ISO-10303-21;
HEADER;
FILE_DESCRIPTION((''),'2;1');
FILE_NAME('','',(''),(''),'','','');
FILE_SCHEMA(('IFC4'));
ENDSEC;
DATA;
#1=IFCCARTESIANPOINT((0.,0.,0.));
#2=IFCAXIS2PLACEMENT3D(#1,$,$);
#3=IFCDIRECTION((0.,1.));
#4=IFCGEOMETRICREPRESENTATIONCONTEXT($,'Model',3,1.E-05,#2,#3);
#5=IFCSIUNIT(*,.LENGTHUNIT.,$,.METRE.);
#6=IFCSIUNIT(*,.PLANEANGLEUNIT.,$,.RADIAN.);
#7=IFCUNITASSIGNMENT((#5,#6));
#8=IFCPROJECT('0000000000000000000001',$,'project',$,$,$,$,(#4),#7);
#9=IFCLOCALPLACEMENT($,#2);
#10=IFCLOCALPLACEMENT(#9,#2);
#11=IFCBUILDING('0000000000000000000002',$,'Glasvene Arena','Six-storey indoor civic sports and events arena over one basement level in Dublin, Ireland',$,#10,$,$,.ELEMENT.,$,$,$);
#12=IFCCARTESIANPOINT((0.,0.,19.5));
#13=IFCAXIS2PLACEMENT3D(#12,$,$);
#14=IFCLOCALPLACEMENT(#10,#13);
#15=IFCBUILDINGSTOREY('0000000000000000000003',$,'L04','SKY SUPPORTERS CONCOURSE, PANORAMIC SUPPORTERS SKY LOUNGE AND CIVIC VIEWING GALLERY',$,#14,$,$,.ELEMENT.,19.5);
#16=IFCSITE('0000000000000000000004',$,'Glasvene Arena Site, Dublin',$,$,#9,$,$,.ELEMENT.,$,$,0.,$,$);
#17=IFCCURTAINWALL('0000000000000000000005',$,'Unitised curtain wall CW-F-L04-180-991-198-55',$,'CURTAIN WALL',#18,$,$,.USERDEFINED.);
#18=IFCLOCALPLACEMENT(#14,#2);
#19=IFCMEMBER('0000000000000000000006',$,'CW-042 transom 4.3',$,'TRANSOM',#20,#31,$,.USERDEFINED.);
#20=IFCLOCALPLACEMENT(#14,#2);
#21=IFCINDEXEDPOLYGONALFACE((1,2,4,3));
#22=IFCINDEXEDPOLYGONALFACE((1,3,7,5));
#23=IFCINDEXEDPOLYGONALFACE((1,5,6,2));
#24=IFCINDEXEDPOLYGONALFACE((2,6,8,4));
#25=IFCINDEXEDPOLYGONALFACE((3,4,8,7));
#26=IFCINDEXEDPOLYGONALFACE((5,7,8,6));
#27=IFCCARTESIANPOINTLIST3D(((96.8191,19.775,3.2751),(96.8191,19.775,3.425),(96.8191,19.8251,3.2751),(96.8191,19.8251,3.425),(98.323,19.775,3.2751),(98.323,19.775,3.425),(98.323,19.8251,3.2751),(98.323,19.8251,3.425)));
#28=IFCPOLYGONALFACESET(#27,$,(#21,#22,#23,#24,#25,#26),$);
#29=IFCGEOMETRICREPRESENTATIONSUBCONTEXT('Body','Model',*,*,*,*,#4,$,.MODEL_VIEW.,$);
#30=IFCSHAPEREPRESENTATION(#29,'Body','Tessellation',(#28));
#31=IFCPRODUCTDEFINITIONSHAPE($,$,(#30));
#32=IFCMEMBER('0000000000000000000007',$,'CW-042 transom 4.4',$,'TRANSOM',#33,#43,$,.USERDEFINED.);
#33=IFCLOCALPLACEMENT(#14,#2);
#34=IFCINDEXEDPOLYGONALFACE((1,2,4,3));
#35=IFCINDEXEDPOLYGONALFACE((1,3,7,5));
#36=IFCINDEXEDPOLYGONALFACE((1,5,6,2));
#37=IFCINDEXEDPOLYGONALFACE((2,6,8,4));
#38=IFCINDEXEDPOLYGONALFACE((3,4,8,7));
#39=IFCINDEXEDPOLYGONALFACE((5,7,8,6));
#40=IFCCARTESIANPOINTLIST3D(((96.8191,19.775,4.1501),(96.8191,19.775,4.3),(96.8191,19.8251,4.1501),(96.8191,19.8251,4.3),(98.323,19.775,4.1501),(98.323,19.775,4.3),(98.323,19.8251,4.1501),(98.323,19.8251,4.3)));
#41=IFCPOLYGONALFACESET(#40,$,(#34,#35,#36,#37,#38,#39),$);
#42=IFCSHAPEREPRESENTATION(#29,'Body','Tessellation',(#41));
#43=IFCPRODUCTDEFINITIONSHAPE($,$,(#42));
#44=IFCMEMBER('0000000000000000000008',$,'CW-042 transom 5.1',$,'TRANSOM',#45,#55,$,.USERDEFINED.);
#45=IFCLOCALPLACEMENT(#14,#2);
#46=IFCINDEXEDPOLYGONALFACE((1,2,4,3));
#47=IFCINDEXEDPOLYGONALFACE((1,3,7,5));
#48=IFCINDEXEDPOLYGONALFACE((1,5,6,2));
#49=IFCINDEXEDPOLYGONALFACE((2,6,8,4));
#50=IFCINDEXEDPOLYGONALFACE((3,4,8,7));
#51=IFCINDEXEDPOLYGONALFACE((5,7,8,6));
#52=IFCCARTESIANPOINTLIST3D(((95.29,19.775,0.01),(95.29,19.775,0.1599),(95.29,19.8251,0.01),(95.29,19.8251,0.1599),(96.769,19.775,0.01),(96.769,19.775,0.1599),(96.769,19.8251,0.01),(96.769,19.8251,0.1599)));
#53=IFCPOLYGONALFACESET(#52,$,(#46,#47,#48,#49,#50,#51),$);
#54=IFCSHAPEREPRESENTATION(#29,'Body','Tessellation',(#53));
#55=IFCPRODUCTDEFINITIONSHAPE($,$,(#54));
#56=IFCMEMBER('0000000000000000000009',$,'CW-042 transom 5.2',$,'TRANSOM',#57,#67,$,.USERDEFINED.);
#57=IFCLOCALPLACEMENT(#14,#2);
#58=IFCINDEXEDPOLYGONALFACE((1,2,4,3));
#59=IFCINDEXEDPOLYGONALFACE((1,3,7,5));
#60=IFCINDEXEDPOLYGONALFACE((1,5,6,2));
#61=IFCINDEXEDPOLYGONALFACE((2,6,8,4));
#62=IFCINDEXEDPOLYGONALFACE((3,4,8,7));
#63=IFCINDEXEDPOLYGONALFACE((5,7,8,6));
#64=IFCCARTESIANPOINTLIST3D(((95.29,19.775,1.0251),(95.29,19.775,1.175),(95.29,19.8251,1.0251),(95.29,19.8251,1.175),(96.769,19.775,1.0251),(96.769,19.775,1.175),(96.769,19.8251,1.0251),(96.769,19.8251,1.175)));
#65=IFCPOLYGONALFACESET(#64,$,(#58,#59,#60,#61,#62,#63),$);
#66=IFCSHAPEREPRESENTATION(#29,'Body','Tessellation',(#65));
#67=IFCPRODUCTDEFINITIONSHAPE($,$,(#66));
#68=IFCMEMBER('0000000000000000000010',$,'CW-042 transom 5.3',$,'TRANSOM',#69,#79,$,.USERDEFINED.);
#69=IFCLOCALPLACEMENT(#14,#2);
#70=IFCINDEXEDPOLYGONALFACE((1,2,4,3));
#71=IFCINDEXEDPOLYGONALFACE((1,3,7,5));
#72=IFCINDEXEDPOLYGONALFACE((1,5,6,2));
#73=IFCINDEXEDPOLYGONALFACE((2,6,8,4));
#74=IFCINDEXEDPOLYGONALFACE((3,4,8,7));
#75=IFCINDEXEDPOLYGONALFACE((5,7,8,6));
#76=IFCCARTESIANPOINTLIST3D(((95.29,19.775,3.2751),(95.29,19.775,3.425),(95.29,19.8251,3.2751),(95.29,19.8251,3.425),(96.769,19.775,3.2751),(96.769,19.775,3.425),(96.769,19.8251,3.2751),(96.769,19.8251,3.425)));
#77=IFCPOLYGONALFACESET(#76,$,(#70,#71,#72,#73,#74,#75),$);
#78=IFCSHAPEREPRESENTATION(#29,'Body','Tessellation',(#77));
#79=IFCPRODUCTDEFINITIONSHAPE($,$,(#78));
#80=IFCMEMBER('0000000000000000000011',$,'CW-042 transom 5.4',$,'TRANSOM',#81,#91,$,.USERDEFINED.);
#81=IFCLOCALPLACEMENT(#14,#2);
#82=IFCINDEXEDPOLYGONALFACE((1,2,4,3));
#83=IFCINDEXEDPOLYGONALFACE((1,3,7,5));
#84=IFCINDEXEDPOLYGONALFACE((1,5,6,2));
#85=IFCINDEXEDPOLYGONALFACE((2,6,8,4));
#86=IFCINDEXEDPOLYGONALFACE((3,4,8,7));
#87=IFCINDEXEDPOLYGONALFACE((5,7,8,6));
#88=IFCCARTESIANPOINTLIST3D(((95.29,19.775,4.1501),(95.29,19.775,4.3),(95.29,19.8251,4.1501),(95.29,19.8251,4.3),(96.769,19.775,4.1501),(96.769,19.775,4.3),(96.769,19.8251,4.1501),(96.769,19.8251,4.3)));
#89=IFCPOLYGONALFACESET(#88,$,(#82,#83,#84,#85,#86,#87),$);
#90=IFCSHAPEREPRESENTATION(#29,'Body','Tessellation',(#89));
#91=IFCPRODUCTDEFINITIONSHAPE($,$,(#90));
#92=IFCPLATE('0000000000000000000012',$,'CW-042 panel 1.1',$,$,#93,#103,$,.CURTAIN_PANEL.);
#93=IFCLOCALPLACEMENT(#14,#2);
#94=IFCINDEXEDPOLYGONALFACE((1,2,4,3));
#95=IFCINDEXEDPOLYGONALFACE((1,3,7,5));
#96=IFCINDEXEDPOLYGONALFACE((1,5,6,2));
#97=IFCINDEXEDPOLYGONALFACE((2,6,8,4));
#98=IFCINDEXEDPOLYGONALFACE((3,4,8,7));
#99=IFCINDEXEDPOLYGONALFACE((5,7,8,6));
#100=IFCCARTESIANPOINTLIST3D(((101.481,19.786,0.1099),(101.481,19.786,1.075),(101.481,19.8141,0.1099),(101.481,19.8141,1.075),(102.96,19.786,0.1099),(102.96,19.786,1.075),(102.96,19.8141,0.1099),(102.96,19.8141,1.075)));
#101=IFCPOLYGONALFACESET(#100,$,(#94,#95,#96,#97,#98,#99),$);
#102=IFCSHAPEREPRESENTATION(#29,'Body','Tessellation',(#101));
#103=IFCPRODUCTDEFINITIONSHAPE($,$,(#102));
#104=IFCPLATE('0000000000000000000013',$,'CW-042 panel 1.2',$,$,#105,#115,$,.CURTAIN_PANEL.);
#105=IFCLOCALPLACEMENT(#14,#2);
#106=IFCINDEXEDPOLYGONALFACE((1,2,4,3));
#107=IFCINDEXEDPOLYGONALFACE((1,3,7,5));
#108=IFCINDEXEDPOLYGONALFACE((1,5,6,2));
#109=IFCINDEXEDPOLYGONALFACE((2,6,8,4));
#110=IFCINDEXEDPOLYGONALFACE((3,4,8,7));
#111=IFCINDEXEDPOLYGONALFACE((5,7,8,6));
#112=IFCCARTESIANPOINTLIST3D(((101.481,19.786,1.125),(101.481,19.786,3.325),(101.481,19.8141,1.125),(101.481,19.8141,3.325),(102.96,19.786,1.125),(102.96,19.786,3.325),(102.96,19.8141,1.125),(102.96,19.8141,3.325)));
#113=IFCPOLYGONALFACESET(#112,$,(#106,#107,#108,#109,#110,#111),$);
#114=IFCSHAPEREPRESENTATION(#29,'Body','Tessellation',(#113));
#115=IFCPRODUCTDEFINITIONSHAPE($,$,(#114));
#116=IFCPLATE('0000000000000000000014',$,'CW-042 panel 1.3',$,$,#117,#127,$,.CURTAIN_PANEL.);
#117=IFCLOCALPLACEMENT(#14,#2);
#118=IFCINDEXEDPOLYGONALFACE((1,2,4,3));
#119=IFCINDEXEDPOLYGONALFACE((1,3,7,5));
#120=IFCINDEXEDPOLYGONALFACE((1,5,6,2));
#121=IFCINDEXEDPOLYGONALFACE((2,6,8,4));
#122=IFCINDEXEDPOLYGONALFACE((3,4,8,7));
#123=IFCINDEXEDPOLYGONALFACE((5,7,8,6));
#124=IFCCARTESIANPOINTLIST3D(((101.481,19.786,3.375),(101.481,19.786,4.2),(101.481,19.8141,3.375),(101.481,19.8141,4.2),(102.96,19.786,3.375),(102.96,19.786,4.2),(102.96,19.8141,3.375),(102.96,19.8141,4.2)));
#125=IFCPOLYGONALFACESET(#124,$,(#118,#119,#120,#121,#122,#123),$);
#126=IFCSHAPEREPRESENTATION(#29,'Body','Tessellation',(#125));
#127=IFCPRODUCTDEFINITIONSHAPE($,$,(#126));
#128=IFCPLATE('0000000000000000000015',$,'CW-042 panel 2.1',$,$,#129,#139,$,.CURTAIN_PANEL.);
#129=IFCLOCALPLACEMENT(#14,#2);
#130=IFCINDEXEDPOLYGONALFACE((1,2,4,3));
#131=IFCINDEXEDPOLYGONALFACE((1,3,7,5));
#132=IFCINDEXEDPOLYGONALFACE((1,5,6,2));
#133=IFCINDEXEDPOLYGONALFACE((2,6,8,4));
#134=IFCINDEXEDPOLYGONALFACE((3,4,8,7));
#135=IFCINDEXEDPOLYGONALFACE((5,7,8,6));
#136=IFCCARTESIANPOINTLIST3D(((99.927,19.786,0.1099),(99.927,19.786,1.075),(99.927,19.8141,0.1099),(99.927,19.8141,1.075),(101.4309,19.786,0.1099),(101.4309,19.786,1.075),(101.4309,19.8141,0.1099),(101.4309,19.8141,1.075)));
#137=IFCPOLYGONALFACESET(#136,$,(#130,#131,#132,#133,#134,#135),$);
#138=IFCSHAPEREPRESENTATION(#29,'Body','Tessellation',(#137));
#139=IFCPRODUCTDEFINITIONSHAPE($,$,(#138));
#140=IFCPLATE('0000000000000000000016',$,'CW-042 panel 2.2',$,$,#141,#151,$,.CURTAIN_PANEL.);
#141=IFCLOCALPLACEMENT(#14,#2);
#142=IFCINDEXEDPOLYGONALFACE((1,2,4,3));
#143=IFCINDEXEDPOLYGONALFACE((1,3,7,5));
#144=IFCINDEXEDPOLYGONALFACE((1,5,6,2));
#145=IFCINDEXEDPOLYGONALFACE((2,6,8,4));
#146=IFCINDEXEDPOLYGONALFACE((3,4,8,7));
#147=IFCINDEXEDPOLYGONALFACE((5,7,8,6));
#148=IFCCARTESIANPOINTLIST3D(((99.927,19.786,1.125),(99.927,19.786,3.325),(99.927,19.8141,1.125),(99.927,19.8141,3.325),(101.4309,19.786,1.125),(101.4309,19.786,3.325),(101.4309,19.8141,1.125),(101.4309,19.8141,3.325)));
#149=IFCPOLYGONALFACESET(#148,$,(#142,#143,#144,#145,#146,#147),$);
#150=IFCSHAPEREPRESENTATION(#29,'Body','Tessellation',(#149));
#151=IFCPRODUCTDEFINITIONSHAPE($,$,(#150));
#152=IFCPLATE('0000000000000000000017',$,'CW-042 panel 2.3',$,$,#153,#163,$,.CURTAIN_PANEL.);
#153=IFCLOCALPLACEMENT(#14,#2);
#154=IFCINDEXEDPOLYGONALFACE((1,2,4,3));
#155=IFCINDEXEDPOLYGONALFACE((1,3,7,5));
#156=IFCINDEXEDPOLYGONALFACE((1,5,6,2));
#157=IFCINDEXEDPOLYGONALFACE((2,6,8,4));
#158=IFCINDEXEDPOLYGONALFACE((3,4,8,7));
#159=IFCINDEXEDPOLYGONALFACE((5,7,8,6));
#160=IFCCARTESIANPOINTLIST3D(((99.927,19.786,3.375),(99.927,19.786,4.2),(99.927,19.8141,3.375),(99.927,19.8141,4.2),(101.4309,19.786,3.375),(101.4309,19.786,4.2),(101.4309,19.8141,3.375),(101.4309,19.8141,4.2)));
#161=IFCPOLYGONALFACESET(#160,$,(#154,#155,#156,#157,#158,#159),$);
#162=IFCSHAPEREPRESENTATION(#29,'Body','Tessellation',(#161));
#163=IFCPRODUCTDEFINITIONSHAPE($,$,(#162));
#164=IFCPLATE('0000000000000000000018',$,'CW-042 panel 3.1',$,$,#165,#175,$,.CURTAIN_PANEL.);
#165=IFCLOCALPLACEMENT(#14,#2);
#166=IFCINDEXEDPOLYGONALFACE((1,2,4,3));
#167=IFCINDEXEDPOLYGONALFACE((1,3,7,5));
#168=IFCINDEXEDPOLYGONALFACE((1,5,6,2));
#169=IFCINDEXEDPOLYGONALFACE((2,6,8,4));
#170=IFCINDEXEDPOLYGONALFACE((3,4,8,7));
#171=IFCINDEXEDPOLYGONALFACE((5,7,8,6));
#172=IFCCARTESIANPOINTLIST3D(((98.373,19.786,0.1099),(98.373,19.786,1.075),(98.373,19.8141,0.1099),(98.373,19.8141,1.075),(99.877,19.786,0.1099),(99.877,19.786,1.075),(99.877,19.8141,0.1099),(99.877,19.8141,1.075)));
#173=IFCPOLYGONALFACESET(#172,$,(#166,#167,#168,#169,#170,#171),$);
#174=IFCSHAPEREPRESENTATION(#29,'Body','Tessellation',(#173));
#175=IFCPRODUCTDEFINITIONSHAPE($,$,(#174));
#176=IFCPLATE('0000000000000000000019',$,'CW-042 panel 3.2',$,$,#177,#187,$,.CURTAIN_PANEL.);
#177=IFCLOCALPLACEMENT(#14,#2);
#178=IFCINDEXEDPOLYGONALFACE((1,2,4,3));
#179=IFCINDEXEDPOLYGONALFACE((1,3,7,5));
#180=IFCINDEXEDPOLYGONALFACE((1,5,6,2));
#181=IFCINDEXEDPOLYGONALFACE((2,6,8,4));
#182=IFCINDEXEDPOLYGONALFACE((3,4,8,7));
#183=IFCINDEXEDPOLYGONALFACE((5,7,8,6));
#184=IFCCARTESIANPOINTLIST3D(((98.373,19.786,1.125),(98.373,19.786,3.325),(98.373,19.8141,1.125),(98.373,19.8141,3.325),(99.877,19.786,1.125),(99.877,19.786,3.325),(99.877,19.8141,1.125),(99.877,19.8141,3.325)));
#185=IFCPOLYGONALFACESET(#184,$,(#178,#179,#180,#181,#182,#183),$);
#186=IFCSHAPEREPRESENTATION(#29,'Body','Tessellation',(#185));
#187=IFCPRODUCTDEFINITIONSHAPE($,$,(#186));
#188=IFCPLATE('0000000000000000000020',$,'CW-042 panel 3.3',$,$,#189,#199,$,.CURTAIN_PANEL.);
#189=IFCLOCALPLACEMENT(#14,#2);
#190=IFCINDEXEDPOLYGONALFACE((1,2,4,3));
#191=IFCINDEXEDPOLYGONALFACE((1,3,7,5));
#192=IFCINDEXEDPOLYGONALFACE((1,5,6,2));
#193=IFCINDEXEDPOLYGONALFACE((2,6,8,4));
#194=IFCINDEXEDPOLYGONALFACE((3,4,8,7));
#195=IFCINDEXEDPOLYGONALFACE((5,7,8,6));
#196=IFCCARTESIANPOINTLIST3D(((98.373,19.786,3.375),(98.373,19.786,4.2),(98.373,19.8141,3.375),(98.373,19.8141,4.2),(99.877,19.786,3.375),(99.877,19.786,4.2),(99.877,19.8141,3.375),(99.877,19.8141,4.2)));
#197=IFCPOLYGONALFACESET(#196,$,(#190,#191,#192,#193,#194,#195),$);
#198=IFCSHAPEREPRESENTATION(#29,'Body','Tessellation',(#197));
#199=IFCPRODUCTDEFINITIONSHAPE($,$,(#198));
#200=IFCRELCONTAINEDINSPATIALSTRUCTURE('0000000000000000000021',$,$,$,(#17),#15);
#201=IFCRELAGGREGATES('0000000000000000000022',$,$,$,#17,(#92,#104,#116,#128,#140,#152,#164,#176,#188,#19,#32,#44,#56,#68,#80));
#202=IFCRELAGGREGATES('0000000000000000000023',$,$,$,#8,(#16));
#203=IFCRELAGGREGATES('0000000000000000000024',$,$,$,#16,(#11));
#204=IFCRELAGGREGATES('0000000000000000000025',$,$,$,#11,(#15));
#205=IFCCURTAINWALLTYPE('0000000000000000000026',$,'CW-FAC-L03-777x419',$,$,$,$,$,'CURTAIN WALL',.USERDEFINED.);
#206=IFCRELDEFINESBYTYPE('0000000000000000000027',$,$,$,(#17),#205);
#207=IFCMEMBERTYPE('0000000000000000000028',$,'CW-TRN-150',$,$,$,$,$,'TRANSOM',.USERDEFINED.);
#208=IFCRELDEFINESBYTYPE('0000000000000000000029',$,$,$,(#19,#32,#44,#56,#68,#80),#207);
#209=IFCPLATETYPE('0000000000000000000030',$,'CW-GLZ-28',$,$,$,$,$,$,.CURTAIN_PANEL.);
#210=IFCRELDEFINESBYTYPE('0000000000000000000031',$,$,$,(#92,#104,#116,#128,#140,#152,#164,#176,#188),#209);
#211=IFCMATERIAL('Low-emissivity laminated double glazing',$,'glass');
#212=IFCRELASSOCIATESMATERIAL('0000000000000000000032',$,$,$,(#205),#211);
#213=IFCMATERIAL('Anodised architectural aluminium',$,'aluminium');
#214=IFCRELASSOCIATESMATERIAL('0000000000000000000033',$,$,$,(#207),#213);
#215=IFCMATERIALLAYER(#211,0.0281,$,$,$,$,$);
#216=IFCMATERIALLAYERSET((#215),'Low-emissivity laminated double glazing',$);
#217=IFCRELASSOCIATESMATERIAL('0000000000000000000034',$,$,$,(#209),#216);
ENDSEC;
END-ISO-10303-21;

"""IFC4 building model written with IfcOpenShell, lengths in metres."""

from ifc_helpers import new_model, si_unit, direction, frame, origin, origin_2d, place, context, subcontext, project, spatial, rectangle, extrude, material, layer, layer_set, material_profile, profile_set, type_object, element, aggregate, save


model = new_model("IFC4")

# Units and contexts
model_context = context("Model", 3, precision=1e-05, world=origin(), true_north=direction((0.0, 1.0)))
body_context = subcontext(model_context, "Body", "Model", "MODEL_VIEW")
ifc_project = project(units=[si_unit("LENGTHUNIT", "METRE"), si_unit("PLANEANGLEUNIT", "RADIAN")], contexts=[model_context])

# Site, building, storey
site_placement = place(None, origin())
site = spatial("IfcSite", under=ifc_project, at=site_placement, Name="Glasvene Arena Site, Dublin", CompositionType="ELEMENT", RefElevation=0.0)
building_placement = place(site_placement, origin())
building = spatial("IfcBuilding", under=site, at=building_placement, Name="Glasvene Arena", Description="Six-storey indoor civic sports and events arena over one basement level in Dublin, Ireland", CompositionType="ELEMENT")
storey_placement = place(building_placement, frame((0.0, 0.0, 19.5)))
storey = spatial("IfcBuildingStorey", under=building, at=storey_placement, Name="L04", Description="SKY SUPPORTERS CONCOURSE, PANORAMIC SUPPORTERS SKY LOUNGE AND CIVIC VIEWING GALLERY", CompositionType="ELEMENT", Elevation=19.5)

# Curtain wall, members, plates
ifc_material_1 = material(Name="Low-emissivity laminated double glazing", Category="glass")
curtain_wall_type = type_object("IfcCurtainWallType", Name="CW-FAC-L03-777x419", ElementType="CURTAIN WALL", PredefinedType="USERDEFINED", material=ifc_material_1)
curtain_wall_placement = place(storey_placement, frame((103.01, 19.8, 0.0)))
curtain_wall = element("IfcCurtainWall", 1, at=curtain_wall_placement, inside=storey, type_object=curtain_wall_type, Name="Unitised curtain wall CW-F-L04-180-991-198-55", ObjectType="CURTAIN WALL", PredefinedType="USERDEFINED")
ifc_material_2 = material(Name="Anodised architectural aluminium", Category="aluminium")
ifc_material_profile_1 = material_profile(ifc_material_2, rectangle(XDim=0.05, YDim=0.1499, at=origin_2d()), Name="ALU TRANSOM 50x150")
ifc_profile_set_1 = profile_set([ifc_material_profile_1], Name="Anodised architectural aluminium")
member_type_1 = type_object("IfcMemberType", Name="CW-TRN-150", ElementType="TRANSOM", PredefinedType="USERDEFINED", material=ifc_profile_set_1)
member_1_placement = place(storey_placement, frame((98.323, 19.8, 3.3501), z_axis=(-1.0, 0.0, 0.0), x_axis=(0.0, -1.0, 0.0)))
member_1 = element("IfcMember", 2, at=member_1_placement, type_object=member_type_1, Name="CW-042 transom 4.3", ObjectType="TRANSOM", PredefinedType="USERDEFINED", context=body_context, shape_type="SweptSolid", body=[
    extrude(rectangle(XDim=0.05, YDim=0.1499, at=origin_2d()), origin(), (0.0, 0.0, 1.0), 1.5039),
])
member_2_placement = place(storey_placement, frame((98.323, 19.8, 4.2251), z_axis=(-1.0, 0.0, 0.0), x_axis=(0.0, -1.0, 0.0)))
member_2 = element("IfcMember", 3, at=member_2_placement, type_object=member_type_1, Name="CW-042 transom 4.4", ObjectType="TRANSOM", PredefinedType="USERDEFINED", context=body_context, shape_type="SweptSolid", body=[
    extrude(rectangle(XDim=0.05, YDim=0.1499, at=origin_2d()), origin(), (0.0, 0.0, 1.0), 1.5039),
])
member_3_placement = place(storey_placement, frame((96.769, 19.8, 0.085), z_axis=(-1.0, 0.0, 0.0), x_axis=(0.0, -1.0, 0.0)))
member_3 = element("IfcMember", 4, at=member_3_placement, type_object=member_type_1, Name="CW-042 transom 5.1", ObjectType="TRANSOM", PredefinedType="USERDEFINED", context=body_context, shape_type="SweptSolid", body=[
    extrude(rectangle(XDim=0.05, YDim=0.1499, at=origin_2d()), origin(), (0.0, 0.0, 1.0), 1.479),
])
member_4_placement = place(storey_placement, frame((96.769, 19.8, 1.1001), z_axis=(-1.0, 0.0, 0.0), x_axis=(0.0, -1.0, 0.0)))
member_4 = element("IfcMember", 5, at=member_4_placement, type_object=member_type_1, Name="CW-042 transom 5.2", ObjectType="TRANSOM", PredefinedType="USERDEFINED", context=body_context, shape_type="SweptSolid", body=[
    extrude(rectangle(XDim=0.05, YDim=0.1499, at=origin_2d()), origin(), (0.0, 0.0, 1.0), 1.479),
])
member_5_placement = place(storey_placement, frame((96.769, 19.8, 3.3501), z_axis=(-1.0, 0.0, 0.0), x_axis=(0.0, -1.0, 0.0)))
member_5 = element("IfcMember", 6, at=member_5_placement, type_object=member_type_1, Name="CW-042 transom 5.3", ObjectType="TRANSOM", PredefinedType="USERDEFINED", context=body_context, shape_type="SweptSolid", body=[
    extrude(rectangle(XDim=0.05, YDim=0.1499, at=origin_2d()), origin(), (0.0, 0.0, 1.0), 1.479),
])
member_6_placement = place(storey_placement, frame((96.769, 19.8, 4.2251), z_axis=(-1.0, 0.0, 0.0), x_axis=(0.0, -1.0, 0.0)))
member_6 = element("IfcMember", 7, at=member_6_placement, type_object=member_type_1, Name="CW-042 transom 5.4", ObjectType="TRANSOM", PredefinedType="USERDEFINED", context=body_context, shape_type="SweptSolid", body=[
    extrude(rectangle(XDim=0.05, YDim=0.1499, at=origin_2d()), origin(), (0.0, 0.0, 1.0), 1.479),
])
ifc_layer_1 = layer(ifc_material_1, 0.0281)
ifc_layer_set_1 = layer_set([ifc_layer_1], Name="Low-emissivity laminated double glazing")
plate_type = type_object("IfcPlateType", Name="CW-GLZ-28", PredefinedType="CURTAIN_PANEL", material=ifc_layer_set_1)
plate_1_placement = place(storey_placement, frame((102.2205, 19.8, 0.1099), z_axis=(0.0, 0.0, 1.0), x_axis=(-1.0, 0.0, 0.0)))
plate_1 = element("IfcPlate", 8, at=plate_1_placement, type_object=plate_type, Name="CW-042 panel 1.1", PredefinedType="CURTAIN_PANEL", context=body_context, shape_type="SweptSolid", body=[
    extrude(rectangle(XDim=1.479, YDim=0.0281, at=origin_2d()), origin(), (0.0, 0.0, 1.0), 0.9651),
])
plate_2_placement = place(storey_placement, frame((102.2205, 19.8, 1.125), z_axis=(0.0, 0.0, 1.0), x_axis=(-1.0, 0.0, 0.0)))
plate_2 = element("IfcPlate", 9, at=plate_2_placement, type_object=plate_type, Name="CW-042 panel 1.2", PredefinedType="CURTAIN_PANEL", context=body_context, shape_type="SweptSolid", body=[
    extrude(rectangle(XDim=1.479, YDim=0.0281, at=origin_2d()), origin(), (0.0, 0.0, 1.0), 2.2),
])
plate_3_placement = place(storey_placement, frame((102.2205, 19.8, 3.375), z_axis=(0.0, 0.0, 1.0), x_axis=(-1.0, 0.0, 0.0)))
plate_3 = element("IfcPlate", 10, at=plate_3_placement, type_object=plate_type, Name="CW-042 panel 1.3", PredefinedType="CURTAIN_PANEL", context=body_context, shape_type="SweptSolid", body=[
    extrude(rectangle(XDim=1.479, YDim=0.0281, at=origin_2d()), origin(), (0.0, 0.0, 1.0), 0.825),
])
plate_4_placement = place(storey_placement, frame((100.679, 19.8, 0.1099), z_axis=(0.0, 0.0, 1.0), x_axis=(-1.0, 0.0, 0.0)))
plate_4 = element("IfcPlate", 11, at=plate_4_placement, type_object=plate_type, Name="CW-042 panel 2.1", PredefinedType="CURTAIN_PANEL", context=body_context, shape_type="SweptSolid", body=[
    extrude(rectangle(XDim=1.5039, YDim=0.0281, at=origin_2d()), origin(), (0.0, 0.0, 1.0), 0.9651),
])
plate_5_placement = place(storey_placement, frame((100.679, 19.8, 1.125), z_axis=(0.0, 0.0, 1.0), x_axis=(-1.0, 0.0, 0.0)))
plate_5 = element("IfcPlate", 12, at=plate_5_placement, type_object=plate_type, Name="CW-042 panel 2.2", PredefinedType="CURTAIN_PANEL", context=body_context, shape_type="SweptSolid", body=[
    extrude(rectangle(XDim=1.5039, YDim=0.0281, at=origin_2d()), origin(), (0.0, 0.0, 1.0), 2.2),
])
plate_6_placement = place(storey_placement, frame((100.679, 19.8, 3.375), z_axis=(0.0, 0.0, 1.0), x_axis=(-1.0, 0.0, 0.0)))
plate_6 = element("IfcPlate", 13, at=plate_6_placement, type_object=plate_type, Name="CW-042 panel 2.3", PredefinedType="CURTAIN_PANEL", context=body_context, shape_type="SweptSolid", body=[
    extrude(rectangle(XDim=1.5039, YDim=0.0281, at=origin_2d()), origin(), (0.0, 0.0, 1.0), 0.825),
])
plate_7_placement = place(storey_placement, frame((99.125, 19.8, 0.1099), z_axis=(0.0, 0.0, 1.0), x_axis=(-1.0, 0.0, 0.0)))
plate_7 = element("IfcPlate", 14, at=plate_7_placement, type_object=plate_type, Name="CW-042 panel 3.1", PredefinedType="CURTAIN_PANEL", context=body_context, shape_type="SweptSolid", body=[
    extrude(rectangle(XDim=1.5039, YDim=0.0281, at=origin_2d()), origin(), (0.0, 0.0, 1.0), 0.9651),
])
plate_8_placement = place(storey_placement, frame((99.125, 19.8, 1.125), z_axis=(0.0, 0.0, 1.0), x_axis=(-1.0, 0.0, 0.0)))
plate_8 = element("IfcPlate", 15, at=plate_8_placement, type_object=plate_type, Name="CW-042 panel 3.2", PredefinedType="CURTAIN_PANEL", context=body_context, shape_type="SweptSolid", body=[
    extrude(rectangle(XDim=1.5039, YDim=0.0281, at=origin_2d()), origin(), (0.0, 0.0, 1.0), 2.2),
])
plate_9_placement = place(storey_placement, frame((99.125, 19.8, 3.375), z_axis=(0.0, 0.0, 1.0), x_axis=(-1.0, 0.0, 0.0)))
plate_9 = element("IfcPlate", 16, at=plate_9_placement, type_object=plate_type, Name="CW-042 panel 3.3", PredefinedType="CURTAIN_PANEL", context=body_context, shape_type="SweptSolid", body=[
    extrude(rectangle(XDim=1.5039, YDim=0.0281, at=origin_2d()), origin(), (0.0, 0.0, 1.0), 0.825),
])
aggregate(curtain_wall, [plate_1, plate_2, plate_3, plate_4, plate_5, plate_6, plate_7, plate_8, plate_9, member_1, member_2, member_3, member_4, member_5, member_6])

save(model, "model.ifc")
